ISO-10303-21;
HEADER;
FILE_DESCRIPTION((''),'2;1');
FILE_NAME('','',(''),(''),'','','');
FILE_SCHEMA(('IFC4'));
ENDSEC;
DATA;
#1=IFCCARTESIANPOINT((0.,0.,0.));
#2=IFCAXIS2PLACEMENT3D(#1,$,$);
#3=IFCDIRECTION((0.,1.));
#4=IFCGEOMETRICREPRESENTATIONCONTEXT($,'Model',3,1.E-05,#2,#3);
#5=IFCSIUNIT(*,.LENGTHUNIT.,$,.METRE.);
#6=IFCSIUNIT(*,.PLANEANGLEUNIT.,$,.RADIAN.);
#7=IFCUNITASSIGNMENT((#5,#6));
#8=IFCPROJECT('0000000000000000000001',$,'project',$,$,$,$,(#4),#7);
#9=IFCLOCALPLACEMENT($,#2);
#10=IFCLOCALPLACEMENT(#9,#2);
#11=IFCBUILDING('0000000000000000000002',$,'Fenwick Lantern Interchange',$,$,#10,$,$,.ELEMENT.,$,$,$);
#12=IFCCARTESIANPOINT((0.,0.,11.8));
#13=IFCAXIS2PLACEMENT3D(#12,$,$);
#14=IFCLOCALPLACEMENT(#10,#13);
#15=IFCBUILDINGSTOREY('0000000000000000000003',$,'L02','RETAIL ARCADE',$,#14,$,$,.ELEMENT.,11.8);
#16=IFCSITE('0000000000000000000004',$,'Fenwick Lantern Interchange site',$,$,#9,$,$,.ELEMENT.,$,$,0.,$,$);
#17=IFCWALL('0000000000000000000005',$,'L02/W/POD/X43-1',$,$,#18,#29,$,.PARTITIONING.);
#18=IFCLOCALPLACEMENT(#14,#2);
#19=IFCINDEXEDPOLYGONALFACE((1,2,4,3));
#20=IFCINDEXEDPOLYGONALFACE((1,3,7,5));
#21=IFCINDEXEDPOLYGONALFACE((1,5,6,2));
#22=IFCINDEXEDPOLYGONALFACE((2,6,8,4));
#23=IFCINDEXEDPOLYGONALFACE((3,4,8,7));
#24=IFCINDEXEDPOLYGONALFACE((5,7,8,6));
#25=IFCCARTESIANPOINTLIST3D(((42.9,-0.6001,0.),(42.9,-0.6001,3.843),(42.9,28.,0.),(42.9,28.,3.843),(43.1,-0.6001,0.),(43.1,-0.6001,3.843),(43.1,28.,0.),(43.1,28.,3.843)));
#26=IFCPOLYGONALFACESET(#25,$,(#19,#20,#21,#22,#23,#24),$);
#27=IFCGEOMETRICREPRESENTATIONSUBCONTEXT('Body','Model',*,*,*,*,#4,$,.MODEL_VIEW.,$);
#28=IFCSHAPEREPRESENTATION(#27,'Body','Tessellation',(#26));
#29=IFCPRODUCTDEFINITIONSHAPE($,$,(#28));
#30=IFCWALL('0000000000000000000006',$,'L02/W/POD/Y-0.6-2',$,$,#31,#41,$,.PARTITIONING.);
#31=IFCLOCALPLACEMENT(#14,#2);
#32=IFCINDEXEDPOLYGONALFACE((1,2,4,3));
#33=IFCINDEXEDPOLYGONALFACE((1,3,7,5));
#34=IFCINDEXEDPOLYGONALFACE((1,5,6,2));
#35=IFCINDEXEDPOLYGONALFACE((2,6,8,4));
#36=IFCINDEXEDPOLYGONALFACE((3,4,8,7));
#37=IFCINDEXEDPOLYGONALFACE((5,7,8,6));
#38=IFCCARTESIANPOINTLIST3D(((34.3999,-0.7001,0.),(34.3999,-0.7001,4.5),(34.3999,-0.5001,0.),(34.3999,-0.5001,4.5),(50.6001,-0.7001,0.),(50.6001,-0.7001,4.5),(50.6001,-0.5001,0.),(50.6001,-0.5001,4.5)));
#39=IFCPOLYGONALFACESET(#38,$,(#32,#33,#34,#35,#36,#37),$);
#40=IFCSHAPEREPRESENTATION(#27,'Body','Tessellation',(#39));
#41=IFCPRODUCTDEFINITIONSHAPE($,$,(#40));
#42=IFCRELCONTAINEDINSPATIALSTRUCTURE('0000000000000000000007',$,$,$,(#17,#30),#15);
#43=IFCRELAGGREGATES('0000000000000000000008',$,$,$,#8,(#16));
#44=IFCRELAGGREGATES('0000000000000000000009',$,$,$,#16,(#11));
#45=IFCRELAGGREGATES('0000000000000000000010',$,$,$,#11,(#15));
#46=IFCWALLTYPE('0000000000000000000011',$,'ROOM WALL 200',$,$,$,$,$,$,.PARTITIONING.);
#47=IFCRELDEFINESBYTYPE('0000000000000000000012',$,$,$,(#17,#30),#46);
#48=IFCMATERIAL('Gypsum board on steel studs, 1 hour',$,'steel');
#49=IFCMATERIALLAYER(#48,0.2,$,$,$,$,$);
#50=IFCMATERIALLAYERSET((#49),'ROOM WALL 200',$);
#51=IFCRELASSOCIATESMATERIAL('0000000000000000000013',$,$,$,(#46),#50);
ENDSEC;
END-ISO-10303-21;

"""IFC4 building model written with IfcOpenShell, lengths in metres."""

from ifc_helpers import new_model, si_unit, direction, frame, frame_2d, origin, place, context, subcontext, project, spatial, rectangle, extrude, material, layer, layer_set, type_object, element, save


model = new_model("IFC4")

# Units and contexts
model_context = context("Model", 3, precision=1e-05, world=origin(), true_north=direction((0.0, 1.0)))
body_context = subcontext(model_context, "Body", "Model", "MODEL_VIEW")
ifc_project = project(units=[si_unit("LENGTHUNIT", "METRE"), si_unit("PLANEANGLEUNIT", "RADIAN")], contexts=[model_context])

# Site, building, storey
site_placement = place(None, origin())
site = spatial("IfcSite", under=ifc_project, at=site_placement, Name="Fenwick Lantern Interchange site", CompositionType="ELEMENT", RefElevation=0.0)
building_placement = place(site_placement, origin())
building = spatial("IfcBuilding", under=site, at=building_placement, Name="Fenwick Lantern Interchange", CompositionType="ELEMENT")
storey_placement = place(building_placement, frame((0.0, 0.0, 11.8)))
storey = spatial("IfcBuildingStorey", under=building, at=storey_placement, Name="L02", Description="RETAIL ARCADE", CompositionType="ELEMENT", Elevation=11.8)

# Shared definitions
ifc_material_1 = material(Name="Gypsum board on steel studs, 1 hour", Category="steel")
ifc_layer = layer(ifc_material_1, 0.2)
ifc_layer_set = layer_set([ifc_layer], Name="ROOM WALL 200")
wall_type = type_object("IfcWallType", Name="ROOM WALL 200", PredefinedType="PARTITIONING", material=ifc_layer_set)

# Walls
wall_1_placement = place(storey_placement, frame((43.0, -0.6001, 0.0), z_axis=(0.0, 0.0, 1.0), x_axis=(0.0, 1.0, 0.0)))
element("IfcWall", 1, at=wall_1_placement, inside=storey, type_object=wall_type, Name="L02/W/POD/X43-1", PredefinedType="PARTITIONING", context=body_context, shape_type="SweptSolid", body=[
    extrude(rectangle(XDim=28.6001, YDim=0.2, at=frame_2d((14.3, 0.0))), origin(), (0.0, 0.0, 1.0), 3.843),
])
wall_2_placement = place(storey_placement, frame((34.3999, -0.6001, 0.0), z_axis=(0.0, 0.0, 1.0), x_axis=(1.0, 0.0, 0.0)))
element("IfcWall", 2, at=wall_2_placement, inside=storey, type_object=wall_type, Name="L02/W/POD/Y-0.6-2", PredefinedType="PARTITIONING", context=body_context, shape_type="SweptSolid", body=[
    extrude(rectangle(XDim=16.2002, YDim=0.2, at=frame_2d((8.1001, 0.0))), origin(), (0.0, 0.0, 1.0), 4.5),
])

save(model, "model.ifc")
